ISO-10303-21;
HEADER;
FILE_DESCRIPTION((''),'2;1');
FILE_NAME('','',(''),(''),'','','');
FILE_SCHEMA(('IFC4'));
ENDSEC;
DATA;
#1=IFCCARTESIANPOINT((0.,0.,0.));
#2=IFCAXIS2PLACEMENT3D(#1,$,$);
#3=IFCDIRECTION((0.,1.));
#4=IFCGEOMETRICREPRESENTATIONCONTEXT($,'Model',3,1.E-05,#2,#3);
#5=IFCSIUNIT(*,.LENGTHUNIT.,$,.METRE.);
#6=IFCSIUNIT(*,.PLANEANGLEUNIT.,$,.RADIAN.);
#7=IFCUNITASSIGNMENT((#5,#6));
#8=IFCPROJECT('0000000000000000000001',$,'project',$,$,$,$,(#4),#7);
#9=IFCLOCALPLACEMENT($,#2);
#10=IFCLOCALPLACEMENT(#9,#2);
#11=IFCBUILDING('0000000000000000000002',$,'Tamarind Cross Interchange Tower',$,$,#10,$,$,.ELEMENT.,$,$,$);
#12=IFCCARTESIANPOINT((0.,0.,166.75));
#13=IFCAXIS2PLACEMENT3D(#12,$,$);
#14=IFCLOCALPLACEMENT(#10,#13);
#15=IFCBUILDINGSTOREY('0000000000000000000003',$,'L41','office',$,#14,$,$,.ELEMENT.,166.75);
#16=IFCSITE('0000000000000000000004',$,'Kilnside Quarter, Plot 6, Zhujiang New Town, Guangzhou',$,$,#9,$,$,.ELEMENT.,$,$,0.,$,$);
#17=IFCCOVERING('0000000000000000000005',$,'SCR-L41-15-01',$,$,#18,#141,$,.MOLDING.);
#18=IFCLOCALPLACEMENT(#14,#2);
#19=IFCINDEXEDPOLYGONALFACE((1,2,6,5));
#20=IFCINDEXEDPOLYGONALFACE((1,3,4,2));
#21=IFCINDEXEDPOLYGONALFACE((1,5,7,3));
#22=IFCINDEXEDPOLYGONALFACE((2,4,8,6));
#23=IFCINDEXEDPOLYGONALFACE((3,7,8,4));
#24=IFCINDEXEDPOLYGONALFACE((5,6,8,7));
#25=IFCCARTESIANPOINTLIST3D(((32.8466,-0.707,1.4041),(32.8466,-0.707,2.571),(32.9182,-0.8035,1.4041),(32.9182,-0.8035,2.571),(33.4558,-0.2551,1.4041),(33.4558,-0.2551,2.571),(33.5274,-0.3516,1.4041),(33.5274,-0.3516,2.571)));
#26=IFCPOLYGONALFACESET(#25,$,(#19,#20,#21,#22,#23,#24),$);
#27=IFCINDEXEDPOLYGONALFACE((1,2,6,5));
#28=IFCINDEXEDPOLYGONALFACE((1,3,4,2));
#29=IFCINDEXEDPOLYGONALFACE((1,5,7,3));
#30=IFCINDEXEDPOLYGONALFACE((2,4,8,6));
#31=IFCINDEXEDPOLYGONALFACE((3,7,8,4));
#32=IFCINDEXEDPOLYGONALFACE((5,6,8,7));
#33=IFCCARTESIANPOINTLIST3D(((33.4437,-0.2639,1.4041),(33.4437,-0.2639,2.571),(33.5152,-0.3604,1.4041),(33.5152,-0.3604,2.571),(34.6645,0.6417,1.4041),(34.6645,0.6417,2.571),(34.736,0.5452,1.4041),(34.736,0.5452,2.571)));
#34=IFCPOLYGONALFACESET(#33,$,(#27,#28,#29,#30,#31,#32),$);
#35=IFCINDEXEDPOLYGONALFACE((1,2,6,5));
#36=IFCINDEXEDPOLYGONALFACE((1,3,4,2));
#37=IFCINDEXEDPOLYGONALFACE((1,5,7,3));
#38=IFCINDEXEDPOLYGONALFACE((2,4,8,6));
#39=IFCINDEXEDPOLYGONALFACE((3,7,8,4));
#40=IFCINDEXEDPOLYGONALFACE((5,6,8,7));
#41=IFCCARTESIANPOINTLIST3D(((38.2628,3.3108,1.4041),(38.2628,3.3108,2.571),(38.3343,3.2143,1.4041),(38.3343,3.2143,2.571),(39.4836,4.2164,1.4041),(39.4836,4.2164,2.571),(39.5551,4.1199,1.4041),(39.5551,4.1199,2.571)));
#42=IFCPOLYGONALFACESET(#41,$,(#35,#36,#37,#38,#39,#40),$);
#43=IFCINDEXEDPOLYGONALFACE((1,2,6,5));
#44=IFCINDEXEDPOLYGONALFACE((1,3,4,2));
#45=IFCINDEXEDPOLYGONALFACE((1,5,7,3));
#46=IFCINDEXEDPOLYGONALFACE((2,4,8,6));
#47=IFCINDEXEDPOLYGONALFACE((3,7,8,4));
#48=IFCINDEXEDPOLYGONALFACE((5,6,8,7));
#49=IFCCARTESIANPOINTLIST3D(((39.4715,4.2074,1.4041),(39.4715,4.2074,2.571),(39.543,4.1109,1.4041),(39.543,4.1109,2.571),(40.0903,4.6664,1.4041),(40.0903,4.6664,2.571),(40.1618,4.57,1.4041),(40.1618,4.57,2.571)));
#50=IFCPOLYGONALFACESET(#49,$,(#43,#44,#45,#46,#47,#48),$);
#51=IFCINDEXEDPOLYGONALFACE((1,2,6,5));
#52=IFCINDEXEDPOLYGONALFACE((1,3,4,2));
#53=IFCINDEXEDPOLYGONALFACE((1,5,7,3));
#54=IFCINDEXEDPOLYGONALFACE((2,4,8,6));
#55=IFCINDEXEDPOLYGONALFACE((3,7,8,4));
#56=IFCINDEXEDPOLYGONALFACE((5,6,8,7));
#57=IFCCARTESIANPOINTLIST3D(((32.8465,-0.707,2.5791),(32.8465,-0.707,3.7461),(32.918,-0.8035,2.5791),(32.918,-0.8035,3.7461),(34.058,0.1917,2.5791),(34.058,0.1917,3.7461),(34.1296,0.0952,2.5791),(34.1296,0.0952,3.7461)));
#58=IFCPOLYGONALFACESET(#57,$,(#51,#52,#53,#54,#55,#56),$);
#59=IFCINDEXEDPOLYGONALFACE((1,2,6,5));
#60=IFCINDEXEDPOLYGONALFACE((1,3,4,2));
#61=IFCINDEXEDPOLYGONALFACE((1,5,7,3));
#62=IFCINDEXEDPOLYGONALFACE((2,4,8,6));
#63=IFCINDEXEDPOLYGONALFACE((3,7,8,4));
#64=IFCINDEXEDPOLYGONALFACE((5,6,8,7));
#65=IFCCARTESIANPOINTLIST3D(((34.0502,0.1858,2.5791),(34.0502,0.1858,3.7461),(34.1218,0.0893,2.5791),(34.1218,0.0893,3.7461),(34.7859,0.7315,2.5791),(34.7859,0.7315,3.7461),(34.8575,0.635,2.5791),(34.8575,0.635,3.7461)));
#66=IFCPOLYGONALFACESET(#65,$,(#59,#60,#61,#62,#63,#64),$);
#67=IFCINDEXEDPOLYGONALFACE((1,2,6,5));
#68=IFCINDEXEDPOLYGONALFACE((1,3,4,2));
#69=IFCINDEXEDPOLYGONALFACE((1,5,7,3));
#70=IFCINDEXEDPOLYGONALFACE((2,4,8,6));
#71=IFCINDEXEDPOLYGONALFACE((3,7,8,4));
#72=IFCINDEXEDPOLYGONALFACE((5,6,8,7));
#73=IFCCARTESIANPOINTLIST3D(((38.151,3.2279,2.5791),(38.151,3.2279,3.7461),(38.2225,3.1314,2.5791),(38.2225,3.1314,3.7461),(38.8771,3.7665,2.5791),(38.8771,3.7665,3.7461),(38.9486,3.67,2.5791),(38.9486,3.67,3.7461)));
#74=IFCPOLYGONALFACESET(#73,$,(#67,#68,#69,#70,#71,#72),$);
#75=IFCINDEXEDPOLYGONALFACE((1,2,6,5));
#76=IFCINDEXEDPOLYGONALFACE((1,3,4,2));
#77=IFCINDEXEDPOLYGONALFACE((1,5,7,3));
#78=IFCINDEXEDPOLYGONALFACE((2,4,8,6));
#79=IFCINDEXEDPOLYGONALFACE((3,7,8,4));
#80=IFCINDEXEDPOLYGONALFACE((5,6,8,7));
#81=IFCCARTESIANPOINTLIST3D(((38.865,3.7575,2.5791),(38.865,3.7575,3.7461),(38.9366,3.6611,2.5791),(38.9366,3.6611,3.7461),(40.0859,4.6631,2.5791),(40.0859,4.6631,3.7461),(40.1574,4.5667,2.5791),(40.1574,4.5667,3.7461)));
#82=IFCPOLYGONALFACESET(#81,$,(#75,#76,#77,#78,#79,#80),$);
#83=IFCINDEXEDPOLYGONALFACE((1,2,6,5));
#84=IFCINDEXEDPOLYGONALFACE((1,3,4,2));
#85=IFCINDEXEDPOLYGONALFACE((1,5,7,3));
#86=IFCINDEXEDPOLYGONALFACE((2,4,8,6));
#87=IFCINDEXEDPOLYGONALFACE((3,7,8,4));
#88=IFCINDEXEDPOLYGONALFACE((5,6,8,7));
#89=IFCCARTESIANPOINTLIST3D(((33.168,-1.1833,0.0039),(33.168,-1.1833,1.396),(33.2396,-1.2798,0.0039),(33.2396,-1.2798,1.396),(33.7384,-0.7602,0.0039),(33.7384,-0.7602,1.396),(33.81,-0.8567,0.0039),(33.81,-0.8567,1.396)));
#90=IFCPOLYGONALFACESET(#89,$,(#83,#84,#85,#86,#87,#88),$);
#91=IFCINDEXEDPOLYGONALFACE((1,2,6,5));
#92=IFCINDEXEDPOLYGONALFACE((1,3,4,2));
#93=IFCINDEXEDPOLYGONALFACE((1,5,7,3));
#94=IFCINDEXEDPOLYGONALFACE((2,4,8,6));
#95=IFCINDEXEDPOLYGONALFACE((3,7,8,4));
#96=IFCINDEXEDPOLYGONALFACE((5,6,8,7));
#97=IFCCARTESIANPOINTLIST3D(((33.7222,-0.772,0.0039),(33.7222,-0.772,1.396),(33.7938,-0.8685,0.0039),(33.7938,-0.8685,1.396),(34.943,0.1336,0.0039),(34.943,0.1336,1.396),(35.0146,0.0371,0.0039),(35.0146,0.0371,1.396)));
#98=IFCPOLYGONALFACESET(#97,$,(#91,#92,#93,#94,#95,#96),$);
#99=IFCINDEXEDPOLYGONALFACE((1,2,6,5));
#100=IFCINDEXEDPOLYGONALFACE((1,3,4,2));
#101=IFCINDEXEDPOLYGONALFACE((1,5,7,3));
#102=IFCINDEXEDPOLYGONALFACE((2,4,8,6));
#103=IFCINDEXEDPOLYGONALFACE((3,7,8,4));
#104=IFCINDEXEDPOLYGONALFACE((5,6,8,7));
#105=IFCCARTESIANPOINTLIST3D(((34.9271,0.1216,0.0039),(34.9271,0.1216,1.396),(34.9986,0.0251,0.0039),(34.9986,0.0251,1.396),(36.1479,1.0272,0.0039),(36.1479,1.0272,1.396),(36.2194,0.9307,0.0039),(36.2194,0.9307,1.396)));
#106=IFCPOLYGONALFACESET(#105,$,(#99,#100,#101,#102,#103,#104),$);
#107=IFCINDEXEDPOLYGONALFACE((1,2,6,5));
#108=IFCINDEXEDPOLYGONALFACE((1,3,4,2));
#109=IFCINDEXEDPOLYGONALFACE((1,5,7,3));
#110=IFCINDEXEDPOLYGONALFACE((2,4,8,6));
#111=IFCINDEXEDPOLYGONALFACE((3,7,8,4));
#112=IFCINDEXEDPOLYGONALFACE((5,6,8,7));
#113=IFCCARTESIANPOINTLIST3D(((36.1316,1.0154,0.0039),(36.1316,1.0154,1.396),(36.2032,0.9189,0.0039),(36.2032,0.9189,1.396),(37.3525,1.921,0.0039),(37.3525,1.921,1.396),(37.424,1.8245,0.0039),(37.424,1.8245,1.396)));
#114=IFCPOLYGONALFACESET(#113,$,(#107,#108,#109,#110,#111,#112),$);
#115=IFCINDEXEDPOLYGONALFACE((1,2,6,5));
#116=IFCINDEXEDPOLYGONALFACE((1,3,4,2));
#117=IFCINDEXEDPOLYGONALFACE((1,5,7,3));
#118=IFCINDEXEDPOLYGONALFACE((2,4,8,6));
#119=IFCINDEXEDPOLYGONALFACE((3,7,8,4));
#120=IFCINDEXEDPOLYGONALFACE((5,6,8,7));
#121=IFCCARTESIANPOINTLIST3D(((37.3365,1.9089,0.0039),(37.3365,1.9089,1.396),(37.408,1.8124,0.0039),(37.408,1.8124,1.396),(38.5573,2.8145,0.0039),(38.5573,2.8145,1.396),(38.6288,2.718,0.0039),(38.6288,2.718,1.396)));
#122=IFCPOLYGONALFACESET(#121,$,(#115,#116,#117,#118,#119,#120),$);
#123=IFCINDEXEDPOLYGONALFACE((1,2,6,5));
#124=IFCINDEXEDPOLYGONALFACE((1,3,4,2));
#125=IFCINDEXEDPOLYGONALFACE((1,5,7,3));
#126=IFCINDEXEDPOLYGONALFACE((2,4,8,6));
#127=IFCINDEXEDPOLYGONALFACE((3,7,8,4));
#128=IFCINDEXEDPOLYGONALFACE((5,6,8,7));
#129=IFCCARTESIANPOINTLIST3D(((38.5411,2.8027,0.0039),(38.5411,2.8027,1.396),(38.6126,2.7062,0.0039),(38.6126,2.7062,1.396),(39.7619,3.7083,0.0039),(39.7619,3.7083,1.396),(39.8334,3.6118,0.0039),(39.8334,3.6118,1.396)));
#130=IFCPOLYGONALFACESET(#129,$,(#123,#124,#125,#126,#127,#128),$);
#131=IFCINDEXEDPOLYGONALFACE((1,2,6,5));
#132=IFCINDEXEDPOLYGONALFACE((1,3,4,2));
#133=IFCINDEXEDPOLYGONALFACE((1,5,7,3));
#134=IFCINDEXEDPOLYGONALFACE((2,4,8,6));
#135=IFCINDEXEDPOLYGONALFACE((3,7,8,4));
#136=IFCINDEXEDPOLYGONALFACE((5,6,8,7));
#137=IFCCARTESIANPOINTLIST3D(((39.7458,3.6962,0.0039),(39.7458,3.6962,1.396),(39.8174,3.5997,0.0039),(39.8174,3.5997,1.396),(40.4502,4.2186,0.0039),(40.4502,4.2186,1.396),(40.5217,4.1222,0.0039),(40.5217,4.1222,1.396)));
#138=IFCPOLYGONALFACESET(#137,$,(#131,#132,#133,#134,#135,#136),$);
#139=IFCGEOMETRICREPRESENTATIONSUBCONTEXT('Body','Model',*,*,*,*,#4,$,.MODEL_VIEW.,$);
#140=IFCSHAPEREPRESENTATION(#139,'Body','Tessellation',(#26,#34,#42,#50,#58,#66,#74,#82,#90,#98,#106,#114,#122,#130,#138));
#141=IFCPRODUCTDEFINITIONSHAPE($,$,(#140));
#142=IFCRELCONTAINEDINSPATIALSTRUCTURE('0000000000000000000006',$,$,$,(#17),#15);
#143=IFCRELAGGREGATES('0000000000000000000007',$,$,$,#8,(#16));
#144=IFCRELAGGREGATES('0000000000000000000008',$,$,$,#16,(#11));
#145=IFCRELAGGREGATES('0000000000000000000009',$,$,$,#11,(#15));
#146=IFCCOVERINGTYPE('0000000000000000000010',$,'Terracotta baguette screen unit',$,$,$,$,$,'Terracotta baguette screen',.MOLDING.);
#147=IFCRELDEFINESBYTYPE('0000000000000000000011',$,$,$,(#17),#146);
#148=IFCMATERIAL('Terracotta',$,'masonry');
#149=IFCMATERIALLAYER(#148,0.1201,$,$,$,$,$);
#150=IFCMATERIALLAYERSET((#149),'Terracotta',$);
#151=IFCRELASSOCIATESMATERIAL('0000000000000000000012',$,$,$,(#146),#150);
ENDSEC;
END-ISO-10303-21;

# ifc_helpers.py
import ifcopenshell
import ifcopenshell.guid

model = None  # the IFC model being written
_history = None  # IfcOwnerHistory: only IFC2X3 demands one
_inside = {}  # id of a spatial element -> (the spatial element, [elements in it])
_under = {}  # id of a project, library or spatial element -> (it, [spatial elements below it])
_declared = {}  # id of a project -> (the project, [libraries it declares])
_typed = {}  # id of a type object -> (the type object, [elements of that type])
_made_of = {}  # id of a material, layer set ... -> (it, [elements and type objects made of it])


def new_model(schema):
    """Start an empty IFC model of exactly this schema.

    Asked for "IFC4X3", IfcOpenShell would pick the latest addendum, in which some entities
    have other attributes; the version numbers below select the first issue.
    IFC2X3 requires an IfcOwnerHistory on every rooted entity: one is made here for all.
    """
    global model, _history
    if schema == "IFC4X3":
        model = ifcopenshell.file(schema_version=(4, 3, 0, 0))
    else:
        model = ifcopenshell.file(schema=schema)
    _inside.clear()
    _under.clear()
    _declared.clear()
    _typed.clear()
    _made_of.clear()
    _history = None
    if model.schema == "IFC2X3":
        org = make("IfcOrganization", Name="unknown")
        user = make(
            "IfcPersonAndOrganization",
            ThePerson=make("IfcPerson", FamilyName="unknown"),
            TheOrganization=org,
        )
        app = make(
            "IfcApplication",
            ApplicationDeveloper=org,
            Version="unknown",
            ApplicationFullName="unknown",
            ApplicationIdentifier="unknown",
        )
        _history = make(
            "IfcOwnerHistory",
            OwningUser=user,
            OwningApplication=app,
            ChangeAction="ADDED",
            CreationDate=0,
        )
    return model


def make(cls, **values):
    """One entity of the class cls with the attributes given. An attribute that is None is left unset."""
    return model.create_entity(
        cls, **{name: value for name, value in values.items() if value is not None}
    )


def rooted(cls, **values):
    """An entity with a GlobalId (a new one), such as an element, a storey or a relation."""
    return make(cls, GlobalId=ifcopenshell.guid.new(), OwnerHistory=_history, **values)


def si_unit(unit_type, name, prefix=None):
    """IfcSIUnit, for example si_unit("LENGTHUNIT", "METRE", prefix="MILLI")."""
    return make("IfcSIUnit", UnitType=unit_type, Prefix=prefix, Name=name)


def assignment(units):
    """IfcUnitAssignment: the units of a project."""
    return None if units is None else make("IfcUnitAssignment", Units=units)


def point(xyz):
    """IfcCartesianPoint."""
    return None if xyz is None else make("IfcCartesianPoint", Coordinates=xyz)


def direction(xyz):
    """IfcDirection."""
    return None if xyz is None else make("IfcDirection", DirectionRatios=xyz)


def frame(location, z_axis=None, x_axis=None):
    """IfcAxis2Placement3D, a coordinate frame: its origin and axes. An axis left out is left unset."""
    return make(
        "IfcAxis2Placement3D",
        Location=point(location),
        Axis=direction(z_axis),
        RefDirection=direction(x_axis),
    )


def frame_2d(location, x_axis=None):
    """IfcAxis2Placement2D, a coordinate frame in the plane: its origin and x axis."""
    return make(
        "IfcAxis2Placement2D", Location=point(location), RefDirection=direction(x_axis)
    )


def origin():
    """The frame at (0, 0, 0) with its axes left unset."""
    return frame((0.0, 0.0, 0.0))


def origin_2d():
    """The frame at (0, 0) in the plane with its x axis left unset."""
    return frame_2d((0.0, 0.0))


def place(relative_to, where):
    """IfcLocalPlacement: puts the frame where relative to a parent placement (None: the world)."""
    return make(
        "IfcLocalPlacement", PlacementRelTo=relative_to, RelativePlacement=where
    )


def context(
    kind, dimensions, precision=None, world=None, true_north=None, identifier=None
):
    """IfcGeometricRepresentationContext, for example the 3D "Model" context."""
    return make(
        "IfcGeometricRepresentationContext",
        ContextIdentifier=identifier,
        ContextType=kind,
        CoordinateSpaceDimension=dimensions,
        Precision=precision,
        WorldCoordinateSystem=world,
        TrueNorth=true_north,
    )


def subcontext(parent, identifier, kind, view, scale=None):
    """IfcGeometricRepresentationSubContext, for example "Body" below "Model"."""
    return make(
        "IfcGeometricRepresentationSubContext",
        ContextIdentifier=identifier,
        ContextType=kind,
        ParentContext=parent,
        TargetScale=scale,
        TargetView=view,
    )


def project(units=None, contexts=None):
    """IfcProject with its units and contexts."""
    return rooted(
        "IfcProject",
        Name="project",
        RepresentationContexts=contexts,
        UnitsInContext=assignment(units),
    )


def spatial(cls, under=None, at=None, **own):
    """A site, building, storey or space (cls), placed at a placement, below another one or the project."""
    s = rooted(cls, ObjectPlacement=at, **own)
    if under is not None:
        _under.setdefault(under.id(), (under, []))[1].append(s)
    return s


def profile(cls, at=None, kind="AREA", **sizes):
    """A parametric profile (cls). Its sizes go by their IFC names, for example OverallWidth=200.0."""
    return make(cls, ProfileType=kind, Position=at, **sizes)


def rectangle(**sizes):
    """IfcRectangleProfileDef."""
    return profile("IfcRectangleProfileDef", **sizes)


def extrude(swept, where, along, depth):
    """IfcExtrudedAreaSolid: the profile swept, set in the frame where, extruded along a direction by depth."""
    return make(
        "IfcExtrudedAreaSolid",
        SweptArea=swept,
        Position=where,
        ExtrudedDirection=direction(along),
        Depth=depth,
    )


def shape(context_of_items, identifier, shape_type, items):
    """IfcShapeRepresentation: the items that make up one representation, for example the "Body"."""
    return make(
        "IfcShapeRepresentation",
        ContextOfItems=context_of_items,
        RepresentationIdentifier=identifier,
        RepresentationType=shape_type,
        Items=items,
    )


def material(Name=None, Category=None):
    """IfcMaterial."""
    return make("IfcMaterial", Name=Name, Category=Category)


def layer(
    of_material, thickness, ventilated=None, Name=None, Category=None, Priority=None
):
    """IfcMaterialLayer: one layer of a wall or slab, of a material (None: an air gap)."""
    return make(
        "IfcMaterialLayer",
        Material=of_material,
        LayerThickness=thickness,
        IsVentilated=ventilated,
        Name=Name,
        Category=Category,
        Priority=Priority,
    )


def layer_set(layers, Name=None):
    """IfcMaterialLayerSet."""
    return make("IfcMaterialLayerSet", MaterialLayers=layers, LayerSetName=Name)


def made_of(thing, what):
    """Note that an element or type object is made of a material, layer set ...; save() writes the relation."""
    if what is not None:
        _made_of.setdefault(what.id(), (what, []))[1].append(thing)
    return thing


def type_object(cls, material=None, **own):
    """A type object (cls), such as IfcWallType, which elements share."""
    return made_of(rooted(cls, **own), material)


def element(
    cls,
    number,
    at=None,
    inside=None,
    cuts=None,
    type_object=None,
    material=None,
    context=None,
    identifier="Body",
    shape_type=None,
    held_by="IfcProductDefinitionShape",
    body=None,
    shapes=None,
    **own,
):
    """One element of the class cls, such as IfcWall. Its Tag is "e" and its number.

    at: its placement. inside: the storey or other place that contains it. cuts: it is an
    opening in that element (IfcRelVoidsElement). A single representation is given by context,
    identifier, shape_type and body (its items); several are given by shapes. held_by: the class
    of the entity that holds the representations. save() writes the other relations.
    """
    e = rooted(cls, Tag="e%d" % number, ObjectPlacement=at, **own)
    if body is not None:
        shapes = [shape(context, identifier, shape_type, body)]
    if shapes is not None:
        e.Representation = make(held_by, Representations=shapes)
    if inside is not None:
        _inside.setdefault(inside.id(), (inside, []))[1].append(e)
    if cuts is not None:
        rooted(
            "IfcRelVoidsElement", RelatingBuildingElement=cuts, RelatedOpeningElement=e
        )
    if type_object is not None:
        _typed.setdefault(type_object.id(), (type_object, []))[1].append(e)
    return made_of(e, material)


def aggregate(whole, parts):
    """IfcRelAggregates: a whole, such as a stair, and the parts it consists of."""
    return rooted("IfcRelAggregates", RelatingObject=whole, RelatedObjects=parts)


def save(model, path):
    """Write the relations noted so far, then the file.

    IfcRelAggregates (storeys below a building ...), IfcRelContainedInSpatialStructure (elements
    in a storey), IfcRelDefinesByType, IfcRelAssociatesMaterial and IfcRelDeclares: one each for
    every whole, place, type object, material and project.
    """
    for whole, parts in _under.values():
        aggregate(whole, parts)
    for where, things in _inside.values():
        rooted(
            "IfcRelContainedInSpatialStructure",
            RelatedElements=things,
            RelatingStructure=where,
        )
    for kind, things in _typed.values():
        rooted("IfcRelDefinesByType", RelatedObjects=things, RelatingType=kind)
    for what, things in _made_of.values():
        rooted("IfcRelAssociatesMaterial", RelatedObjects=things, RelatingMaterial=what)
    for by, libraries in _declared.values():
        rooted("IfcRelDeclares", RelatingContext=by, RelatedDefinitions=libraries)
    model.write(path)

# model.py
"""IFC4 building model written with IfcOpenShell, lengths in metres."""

from ifc_helpers import new_model, si_unit, direction, frame, origin, origin_2d, place, context, subcontext, project, spatial, rectangle, extrude, material, layer, layer_set, type_object, element, save


model = new_model("IFC4")

# Units and contexts
model_context = context("Model", 3, precision=1e-05, world=origin(), true_north=direction((0.0, 1.0)))
body_context = subcontext(model_context, "Body", "Model", "MODEL_VIEW")
ifc_project = project(units=[si_unit("LENGTHUNIT", "METRE"), si_unit("PLANEANGLEUNIT", "RADIAN")], contexts=[model_context])

# Site, building, storey
site_placement = place(None, origin())
site = spatial("IfcSite", under=ifc_project, at=site_placement, Name="Kilnside Quarter, Plot 6, Zhujiang New Town, Guangzhou", CompositionType="ELEMENT", RefElevation=0.0)
building_placement = place(site_placement, origin())
building = spatial("IfcBuilding", under=site, at=building_placement, Name="Tamarind Cross Interchange Tower", CompositionType="ELEMENT")
storey_placement = place(building_placement, frame((0.0, 0.0, 166.75)))
storey = spatial("IfcBuildingStorey", under=building, at=storey_placement, Name="L41", Description="office", CompositionType="ELEMENT", Elevation=166.75)

# Covering
ifc_material_1 = material(Name="Terracotta", Category="masonry")
ifc_layer_1 = layer(ifc_material_1, 0.1201)
ifc_layer_set_1 = layer_set([ifc_layer_1], Name="Terracotta")
covering_type = type_object("IfcCoveringType", Name="Terracotta baguette screen unit", ElementType="Terracotta baguette screen", PredefinedType="MOLDING", material=ifc_layer_set_1)
covering_1_placement = place(storey_placement, origin())
element("IfcCovering", 1, at=covering_1_placement, inside=storey, type_object=covering_type, Name="SCR-L41-15-01", PredefinedType="MOLDING", context=body_context, shape_type="SweptSolid", body=[
    extrude(rectangle(XDim=0.7585, YDim=0.1201, at=origin_2d()), frame((33.187, -0.5293, 1.4041), z_axis=(0.0, 0.0, 1.0), x_axis=(0.80315, 0.595776, 0.0)), (0.0, 0.0, 1.0), 1.167),
    extrude(rectangle(XDim=1.52, YDim=0.1201, at=origin_2d()), frame((34.0898, 0.1406, 1.4041), z_axis=(0.0, 0.0, 1.0), x_axis=(0.80315, 0.595776, 0.0)), (0.0, 0.0, 1.0), 1.167),
    extrude(rectangle(XDim=1.52, YDim=0.1201, at=origin_2d()), frame((38.9089, 3.7153, 1.4041), z_axis=(0.0, 0.0, 1.0), x_axis=(0.80315, 0.595776, 0.0)), (0.0, 0.0, 1.0), 1.167),
    extrude(rectangle(XDim=0.7705, YDim=0.1201, at=origin_2d()), frame((39.8167, 4.3887, 1.4041), z_axis=(0.0, 0.0, 1.0), x_axis=(0.80315, 0.595776, 0.0)), (0.0, 0.0, 1.0), 1.167),
    extrude(rectangle(XDim=1.5085, YDim=0.1201, at=origin_2d()), frame((33.488, -0.3059, 2.5791), z_axis=(0.0, 0.0, 1.0), x_axis=(0.80315, 0.595776, 0.0)), (0.0, 0.0, 1.0), 1.167),
    extrude(rectangle(XDim=0.916, YDim=0.1201, at=origin_2d()), frame((34.4539, 0.4104, 2.5791), z_axis=(0.0, 0.0, 1.0), x_axis=(0.80315, 0.595776, 0.0)), (0.0, 0.0, 1.0), 1.167),
    extrude(rectangle(XDim=0.9041, YDim=0.1201, at=origin_2d()), frame((38.5498, 3.449, 2.5791), z_axis=(0.0, 0.0, 1.0), x_axis=(0.80315, 0.595776, 0.0)), (0.0, 0.0, 1.0), 1.167),
    extrude(rectangle(XDim=1.52, YDim=0.1201, at=origin_2d()), frame((39.5112, 4.1621, 2.5791), z_axis=(0.0, 0.0, 1.0), x_axis=(0.80315, 0.595776, 0.0)), (0.0, 0.0, 1.0), 1.167),
    extrude(rectangle(XDim=0.7102, YDim=0.1201, at=origin_2d()), frame((33.489, -1.02, 0.0039), z_axis=(0.0, 0.0, 1.0), x_axis=(0.80315, 0.595776, 0.0)), (0.0, 0.0, 1.0), 1.3921),
    extrude(rectangle(XDim=1.52, YDim=0.1201, at=origin_2d()), frame((34.3684, -0.3674, 0.0039), z_axis=(0.0, 0.0, 1.0), x_axis=(0.80315, 0.595776, 0.0)), (0.0, 0.0, 1.0), 1.3921),
    extrude(rectangle(XDim=1.52, YDim=0.1201, at=origin_2d()), frame((35.5732, 0.5261, 0.0039), z_axis=(0.0, 0.0, 1.0), x_axis=(0.80315, 0.595776, 0.0)), (0.0, 0.0, 1.0), 1.3921),
    extrude(rectangle(XDim=1.52, YDim=0.1201, at=origin_2d()), frame((36.7778, 1.4199, 0.0039), z_axis=(0.0, 0.0, 1.0), x_axis=(0.80315, 0.595776, 0.0)), (0.0, 0.0, 1.0), 1.3921),
    extrude(rectangle(XDim=1.52, YDim=0.1201, at=origin_2d()), frame((37.9827, 2.3135, 0.0039), z_axis=(0.0, 0.0, 1.0), x_axis=(0.80315, 0.595776, 0.0)), (0.0, 0.0, 1.0), 1.3921),
    extrude(rectangle(XDim=1.52, YDim=0.1201, at=origin_2d()), frame((39.1873, 3.2073, 0.0039), z_axis=(0.0, 0.0, 1.0), x_axis=(0.80315, 0.595776, 0.0)), (0.0, 0.0, 1.0), 1.3921),
    extrude(rectangle(XDim=0.877, YDim=0.1201, at=origin_2d()), frame((40.1338, 3.9092, 0.0039), z_axis=(0.0, 0.0, 1.0), x_axis=(0.80315, 0.595776, 0.0)), (0.0, 0.0, 1.0), 1.3921),
])

save(model, "model.ifc")
